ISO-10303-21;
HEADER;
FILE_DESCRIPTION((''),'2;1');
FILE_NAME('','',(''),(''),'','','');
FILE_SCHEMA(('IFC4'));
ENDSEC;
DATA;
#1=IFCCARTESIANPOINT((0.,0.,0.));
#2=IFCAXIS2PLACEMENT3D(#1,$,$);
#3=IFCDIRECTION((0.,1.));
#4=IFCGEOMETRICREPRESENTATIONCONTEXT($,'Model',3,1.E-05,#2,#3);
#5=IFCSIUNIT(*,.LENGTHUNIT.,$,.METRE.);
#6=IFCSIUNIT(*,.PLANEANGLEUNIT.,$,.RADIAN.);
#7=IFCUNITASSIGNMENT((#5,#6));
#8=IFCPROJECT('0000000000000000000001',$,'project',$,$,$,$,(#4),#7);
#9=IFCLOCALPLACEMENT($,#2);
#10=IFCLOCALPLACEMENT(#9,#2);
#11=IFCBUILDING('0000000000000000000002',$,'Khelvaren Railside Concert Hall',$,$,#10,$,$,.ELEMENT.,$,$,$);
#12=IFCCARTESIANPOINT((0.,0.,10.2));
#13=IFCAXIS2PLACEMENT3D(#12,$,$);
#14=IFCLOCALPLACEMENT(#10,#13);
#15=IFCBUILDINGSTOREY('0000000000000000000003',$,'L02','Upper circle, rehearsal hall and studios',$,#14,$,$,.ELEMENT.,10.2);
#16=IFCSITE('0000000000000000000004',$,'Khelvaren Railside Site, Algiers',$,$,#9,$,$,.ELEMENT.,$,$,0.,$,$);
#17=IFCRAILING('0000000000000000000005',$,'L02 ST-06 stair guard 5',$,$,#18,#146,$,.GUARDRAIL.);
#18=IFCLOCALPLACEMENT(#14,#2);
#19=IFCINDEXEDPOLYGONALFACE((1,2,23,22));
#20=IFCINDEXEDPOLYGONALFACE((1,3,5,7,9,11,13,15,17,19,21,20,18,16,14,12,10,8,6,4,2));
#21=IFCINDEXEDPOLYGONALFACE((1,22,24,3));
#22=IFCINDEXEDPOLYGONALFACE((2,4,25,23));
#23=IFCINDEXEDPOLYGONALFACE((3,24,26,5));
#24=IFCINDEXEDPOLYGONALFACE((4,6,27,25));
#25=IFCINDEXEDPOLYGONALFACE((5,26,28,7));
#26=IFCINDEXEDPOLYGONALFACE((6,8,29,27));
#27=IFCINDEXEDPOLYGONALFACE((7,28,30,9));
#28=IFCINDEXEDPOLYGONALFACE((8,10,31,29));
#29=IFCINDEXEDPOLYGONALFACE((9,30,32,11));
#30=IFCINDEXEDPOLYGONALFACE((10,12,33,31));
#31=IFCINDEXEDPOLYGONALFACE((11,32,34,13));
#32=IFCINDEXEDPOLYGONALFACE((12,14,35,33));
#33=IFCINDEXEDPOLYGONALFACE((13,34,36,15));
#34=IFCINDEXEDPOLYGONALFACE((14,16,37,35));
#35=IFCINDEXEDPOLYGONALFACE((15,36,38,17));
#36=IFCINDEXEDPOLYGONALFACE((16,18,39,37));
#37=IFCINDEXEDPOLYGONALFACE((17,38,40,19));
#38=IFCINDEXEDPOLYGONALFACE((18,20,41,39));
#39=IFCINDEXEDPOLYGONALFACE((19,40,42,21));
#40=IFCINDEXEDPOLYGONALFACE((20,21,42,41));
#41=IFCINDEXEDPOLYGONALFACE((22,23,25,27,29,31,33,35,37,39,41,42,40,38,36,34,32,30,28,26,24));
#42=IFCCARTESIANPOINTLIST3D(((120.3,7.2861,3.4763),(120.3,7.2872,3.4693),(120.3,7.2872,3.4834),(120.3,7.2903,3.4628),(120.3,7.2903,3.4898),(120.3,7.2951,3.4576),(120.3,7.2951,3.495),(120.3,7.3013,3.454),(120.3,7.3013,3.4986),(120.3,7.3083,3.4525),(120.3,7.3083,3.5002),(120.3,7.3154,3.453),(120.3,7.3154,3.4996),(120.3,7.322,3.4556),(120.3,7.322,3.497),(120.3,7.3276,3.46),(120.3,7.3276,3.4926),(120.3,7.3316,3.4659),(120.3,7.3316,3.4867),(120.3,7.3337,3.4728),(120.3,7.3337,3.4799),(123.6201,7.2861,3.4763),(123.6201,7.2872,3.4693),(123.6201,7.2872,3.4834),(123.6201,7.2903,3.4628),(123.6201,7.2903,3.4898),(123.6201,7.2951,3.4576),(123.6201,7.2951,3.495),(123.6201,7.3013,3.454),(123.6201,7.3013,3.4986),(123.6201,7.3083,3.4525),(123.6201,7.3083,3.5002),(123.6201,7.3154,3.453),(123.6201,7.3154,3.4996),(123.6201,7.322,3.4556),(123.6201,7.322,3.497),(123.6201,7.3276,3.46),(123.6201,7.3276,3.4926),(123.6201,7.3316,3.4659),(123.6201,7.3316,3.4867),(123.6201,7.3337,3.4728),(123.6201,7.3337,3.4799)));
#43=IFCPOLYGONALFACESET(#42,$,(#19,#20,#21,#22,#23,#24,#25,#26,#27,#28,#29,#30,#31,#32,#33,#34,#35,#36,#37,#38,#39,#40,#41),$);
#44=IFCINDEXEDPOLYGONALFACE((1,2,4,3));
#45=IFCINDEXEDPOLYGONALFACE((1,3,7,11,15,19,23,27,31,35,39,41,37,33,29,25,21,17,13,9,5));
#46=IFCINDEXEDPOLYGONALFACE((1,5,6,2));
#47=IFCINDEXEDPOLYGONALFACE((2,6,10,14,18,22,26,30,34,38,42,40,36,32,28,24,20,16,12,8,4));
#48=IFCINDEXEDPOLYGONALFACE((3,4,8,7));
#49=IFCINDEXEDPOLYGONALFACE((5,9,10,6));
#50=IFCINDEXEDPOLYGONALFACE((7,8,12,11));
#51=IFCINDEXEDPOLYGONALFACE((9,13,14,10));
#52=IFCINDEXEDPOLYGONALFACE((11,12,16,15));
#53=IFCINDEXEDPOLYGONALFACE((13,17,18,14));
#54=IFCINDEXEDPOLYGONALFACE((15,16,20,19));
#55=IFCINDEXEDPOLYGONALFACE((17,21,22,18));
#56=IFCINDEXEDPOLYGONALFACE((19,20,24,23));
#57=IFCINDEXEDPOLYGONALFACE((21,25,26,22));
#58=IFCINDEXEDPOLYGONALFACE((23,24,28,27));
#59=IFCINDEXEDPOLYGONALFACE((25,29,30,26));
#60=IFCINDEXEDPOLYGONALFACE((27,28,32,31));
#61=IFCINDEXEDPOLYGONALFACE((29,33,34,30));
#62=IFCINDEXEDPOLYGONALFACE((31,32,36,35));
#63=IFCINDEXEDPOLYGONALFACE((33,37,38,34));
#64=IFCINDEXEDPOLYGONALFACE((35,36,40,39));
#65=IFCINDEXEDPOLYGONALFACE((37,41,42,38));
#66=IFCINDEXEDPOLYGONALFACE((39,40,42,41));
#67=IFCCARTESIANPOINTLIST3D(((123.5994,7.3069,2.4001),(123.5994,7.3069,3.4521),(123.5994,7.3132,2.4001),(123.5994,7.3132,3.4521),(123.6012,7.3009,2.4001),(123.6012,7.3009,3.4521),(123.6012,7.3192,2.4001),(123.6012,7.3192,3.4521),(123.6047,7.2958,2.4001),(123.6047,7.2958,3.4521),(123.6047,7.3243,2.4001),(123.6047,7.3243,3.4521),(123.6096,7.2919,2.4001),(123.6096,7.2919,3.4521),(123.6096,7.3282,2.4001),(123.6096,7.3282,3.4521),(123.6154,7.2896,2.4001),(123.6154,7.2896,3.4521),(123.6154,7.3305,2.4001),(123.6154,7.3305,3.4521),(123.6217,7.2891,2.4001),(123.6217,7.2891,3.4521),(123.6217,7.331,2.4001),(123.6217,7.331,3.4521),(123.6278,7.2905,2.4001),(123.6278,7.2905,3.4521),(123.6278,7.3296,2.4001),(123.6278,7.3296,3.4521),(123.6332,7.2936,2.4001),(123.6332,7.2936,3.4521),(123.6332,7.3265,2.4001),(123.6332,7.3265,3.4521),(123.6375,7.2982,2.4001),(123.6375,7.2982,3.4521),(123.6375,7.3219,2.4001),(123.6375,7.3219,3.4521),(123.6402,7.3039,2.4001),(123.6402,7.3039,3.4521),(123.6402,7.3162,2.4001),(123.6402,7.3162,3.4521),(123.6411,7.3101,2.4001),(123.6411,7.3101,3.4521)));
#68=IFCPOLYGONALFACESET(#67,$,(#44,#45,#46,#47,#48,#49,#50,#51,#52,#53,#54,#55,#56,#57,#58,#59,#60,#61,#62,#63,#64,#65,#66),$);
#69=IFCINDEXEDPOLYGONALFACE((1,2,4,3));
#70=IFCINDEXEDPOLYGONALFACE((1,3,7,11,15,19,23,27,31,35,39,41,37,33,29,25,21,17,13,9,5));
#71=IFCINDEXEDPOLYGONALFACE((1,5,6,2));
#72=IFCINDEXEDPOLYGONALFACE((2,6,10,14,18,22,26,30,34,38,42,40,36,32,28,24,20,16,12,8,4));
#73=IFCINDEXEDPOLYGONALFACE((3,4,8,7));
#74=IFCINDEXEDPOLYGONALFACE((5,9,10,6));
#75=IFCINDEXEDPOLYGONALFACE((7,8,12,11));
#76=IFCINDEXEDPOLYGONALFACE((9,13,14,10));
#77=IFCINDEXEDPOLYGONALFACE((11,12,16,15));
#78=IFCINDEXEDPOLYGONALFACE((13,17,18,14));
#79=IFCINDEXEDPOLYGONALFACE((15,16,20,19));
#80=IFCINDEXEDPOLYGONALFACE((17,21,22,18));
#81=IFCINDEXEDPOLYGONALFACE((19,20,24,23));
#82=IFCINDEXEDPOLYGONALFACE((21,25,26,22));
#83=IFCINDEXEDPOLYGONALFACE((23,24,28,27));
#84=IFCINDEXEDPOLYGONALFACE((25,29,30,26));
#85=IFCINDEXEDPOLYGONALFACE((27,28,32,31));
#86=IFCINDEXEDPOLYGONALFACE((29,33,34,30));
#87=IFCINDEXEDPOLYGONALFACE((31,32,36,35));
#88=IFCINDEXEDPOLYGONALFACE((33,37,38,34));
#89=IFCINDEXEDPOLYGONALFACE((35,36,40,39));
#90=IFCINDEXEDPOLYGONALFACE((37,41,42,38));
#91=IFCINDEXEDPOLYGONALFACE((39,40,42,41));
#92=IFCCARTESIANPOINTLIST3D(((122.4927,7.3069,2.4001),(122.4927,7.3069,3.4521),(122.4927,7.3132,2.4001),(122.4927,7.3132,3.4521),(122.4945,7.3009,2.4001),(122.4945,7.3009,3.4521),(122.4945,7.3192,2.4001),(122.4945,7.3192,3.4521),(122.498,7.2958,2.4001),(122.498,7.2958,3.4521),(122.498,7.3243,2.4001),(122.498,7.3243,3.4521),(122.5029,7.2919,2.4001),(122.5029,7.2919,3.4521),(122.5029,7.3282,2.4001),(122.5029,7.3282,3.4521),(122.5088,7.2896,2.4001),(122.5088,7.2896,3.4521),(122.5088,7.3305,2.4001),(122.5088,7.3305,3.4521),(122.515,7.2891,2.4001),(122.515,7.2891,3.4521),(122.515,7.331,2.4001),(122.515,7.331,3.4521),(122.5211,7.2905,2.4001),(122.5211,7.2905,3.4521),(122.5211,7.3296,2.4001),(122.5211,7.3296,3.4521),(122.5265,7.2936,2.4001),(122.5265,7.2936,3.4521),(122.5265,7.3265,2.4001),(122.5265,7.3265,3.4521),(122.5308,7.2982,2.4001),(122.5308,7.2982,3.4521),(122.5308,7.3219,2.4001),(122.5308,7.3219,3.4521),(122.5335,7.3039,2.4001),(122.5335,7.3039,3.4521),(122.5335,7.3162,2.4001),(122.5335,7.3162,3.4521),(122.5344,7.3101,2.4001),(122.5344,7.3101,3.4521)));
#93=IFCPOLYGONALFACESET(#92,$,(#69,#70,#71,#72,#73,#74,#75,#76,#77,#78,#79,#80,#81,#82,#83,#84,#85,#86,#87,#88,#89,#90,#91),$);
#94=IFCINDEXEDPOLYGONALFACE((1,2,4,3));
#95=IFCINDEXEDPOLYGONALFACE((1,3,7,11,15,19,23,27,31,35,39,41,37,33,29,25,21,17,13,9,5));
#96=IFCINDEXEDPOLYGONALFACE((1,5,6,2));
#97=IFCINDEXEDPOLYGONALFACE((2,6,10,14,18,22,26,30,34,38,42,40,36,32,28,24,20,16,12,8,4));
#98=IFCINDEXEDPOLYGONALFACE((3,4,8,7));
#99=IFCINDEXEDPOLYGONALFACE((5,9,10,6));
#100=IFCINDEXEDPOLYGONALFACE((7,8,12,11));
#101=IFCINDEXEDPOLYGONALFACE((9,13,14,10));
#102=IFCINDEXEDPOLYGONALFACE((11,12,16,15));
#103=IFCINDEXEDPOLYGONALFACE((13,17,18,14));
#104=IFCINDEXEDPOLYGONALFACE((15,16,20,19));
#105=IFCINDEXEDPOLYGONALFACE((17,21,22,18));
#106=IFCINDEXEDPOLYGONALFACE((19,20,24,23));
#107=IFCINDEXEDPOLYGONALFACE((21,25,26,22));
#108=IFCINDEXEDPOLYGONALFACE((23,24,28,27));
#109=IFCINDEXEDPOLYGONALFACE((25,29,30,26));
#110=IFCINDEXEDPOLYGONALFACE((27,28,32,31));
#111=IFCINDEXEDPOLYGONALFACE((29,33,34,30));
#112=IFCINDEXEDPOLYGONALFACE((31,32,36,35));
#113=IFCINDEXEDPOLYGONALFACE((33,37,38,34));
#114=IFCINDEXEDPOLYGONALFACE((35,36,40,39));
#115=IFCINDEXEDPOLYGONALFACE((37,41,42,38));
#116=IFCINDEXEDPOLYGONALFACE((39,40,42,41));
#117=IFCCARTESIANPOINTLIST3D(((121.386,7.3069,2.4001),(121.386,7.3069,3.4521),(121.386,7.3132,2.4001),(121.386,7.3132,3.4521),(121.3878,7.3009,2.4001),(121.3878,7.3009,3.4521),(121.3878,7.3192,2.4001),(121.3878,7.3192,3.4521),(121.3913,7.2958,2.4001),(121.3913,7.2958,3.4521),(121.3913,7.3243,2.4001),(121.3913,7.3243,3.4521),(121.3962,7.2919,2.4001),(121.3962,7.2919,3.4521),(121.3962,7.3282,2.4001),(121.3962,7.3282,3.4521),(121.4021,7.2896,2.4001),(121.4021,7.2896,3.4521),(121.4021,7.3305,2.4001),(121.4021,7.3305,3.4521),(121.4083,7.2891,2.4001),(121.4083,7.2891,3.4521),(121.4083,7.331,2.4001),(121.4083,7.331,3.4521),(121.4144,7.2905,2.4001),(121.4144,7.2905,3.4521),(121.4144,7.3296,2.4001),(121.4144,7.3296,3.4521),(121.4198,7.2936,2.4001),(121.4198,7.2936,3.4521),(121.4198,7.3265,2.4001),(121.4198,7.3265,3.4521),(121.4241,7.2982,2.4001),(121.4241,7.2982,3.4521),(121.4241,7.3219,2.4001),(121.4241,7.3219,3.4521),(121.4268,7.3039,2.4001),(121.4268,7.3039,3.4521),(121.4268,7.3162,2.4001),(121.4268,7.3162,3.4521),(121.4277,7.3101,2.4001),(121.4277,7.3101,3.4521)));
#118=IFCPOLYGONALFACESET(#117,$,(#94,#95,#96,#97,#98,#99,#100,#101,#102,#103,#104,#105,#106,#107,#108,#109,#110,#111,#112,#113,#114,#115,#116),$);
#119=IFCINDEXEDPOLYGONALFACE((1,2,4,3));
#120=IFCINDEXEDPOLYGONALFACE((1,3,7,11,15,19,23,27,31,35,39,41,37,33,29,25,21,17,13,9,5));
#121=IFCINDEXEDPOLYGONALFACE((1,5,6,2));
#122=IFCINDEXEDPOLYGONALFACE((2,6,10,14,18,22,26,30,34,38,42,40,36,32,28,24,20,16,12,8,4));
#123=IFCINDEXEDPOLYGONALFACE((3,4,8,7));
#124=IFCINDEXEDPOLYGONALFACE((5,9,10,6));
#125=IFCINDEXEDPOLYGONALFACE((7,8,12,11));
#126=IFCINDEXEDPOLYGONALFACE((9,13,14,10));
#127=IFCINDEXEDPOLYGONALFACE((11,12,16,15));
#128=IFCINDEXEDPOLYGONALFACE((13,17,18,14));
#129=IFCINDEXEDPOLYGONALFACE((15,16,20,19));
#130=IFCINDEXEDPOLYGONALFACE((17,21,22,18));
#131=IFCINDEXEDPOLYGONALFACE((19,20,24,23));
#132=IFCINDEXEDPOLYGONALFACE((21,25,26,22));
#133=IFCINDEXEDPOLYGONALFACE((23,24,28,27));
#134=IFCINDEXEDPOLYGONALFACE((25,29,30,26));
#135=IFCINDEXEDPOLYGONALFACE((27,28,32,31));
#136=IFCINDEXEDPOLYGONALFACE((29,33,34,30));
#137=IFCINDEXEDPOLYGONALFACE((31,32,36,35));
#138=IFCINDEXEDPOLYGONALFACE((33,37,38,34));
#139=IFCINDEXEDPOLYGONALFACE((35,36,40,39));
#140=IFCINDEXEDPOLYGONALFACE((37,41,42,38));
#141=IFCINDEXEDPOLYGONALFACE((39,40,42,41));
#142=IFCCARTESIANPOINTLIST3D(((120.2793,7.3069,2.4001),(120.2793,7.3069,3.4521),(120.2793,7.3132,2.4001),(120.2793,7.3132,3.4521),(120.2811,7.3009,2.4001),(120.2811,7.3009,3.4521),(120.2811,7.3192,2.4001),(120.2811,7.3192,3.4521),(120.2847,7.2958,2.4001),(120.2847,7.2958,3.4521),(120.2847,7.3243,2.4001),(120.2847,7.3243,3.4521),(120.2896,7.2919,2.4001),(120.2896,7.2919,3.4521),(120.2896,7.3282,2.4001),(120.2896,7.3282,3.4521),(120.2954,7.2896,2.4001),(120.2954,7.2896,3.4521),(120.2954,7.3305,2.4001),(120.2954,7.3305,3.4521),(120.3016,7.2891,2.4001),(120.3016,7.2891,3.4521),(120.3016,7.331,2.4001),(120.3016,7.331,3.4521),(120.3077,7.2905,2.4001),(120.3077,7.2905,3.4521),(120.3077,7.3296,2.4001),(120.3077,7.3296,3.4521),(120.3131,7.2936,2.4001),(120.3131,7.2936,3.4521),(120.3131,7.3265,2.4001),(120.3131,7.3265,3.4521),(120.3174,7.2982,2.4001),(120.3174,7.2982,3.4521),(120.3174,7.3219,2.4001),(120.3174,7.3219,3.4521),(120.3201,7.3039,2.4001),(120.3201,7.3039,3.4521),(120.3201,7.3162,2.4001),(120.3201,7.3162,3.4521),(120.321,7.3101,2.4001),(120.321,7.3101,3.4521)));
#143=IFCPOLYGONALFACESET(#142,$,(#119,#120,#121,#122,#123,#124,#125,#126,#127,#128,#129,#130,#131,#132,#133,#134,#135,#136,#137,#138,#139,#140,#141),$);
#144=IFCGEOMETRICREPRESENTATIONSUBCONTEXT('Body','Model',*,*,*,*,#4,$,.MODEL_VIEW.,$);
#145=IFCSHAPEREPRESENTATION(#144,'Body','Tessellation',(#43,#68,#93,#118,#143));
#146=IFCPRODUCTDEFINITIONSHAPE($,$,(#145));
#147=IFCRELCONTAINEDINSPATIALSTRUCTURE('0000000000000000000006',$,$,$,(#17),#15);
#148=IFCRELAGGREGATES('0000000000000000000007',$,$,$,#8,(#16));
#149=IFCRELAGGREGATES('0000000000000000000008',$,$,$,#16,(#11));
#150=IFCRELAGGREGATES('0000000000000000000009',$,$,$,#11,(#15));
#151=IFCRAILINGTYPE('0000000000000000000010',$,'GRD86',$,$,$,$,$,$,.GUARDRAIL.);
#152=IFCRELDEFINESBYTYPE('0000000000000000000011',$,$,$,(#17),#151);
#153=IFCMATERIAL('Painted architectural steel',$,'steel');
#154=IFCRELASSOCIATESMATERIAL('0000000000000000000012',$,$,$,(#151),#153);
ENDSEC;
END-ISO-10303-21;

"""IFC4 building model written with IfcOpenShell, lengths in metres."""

from ifc_helpers import new_model, si_unit, direction, frame, origin, origin_2d, place, context, subcontext, project, spatial, circle, extrude, material, type_object, element, save


model = new_model("IFC4")

# Units and contexts
model_context = context("Model", 3, precision=1e-05, world=origin(), true_north=direction((0.0, 1.0)))
body_context = subcontext(model_context, "Body", "Model", "MODEL_VIEW")
ifc_project = project(units=[si_unit("LENGTHUNIT", "METRE"), si_unit("PLANEANGLEUNIT", "RADIAN")], contexts=[model_context])

# Site, building, storey
site_placement = place(None, origin())
site = spatial("IfcSite", under=ifc_project, at=site_placement, Name="Khelvaren Railside Site, Algiers", CompositionType="ELEMENT", RefElevation=0.0)
building_placement = place(site_placement, origin())
building = spatial("IfcBuilding", under=site, at=building_placement, Name="Khelvaren Railside Concert Hall", CompositionType="ELEMENT")
storey_placement = place(building_placement, frame((0.0, 0.0, 10.2)))
storey = spatial("IfcBuildingStorey", under=building, at=storey_placement, Name="L02", Description="Upper circle, rehearsal hall and studios", CompositionType="ELEMENT", Elevation=10.2)

# Railing
ifc_material_1 = material(Name="Painted architectural steel", Category="steel")
railing_type_1 = type_object("IfcRailingType", Name="GRD86", PredefinedType="GUARDRAIL", material=ifc_material_1)
railing_1_placement = place(storey_placement, frame((123.6201, 7.3101, 2.4001)))
element("IfcRailing", 1, at=railing_1_placement, inside=storey, type_object=railing_type_1, Name="L02 ST-06 stair guard 5", PredefinedType="GUARDRAIL", context=body_context, shape_type="SweptSolid", body=[
    extrude(circle(Radius=0.0239, at=origin_2d()), frame((0.0, 0.0, 1.0762), z_axis=(-1.0, 0.0, 0.0), x_axis=(0.0, -1.0, 0.0)), (0.0, 0.0, 1.0), 3.3201),
    extrude(circle(Radius=0.021, at=origin_2d()), origin(), (0.0, 0.0, 1.0), 1.052),
    extrude(circle(Radius=0.021, at=origin_2d()), frame((-1.1067, 0.0, 0.0)), (0.0, 0.0, 1.0), 1.052),
    extrude(circle(Radius=0.021, at=origin_2d()), frame((-2.2134, 0.0, 0.0)), (0.0, 0.0, 1.0), 1.052),
    extrude(circle(Radius=0.021, at=origin_2d()), frame((-3.3201, 0.0, 0.0)), (0.0, 0.0, 1.0), 1.052),
])

save(model, "model.ifc")
